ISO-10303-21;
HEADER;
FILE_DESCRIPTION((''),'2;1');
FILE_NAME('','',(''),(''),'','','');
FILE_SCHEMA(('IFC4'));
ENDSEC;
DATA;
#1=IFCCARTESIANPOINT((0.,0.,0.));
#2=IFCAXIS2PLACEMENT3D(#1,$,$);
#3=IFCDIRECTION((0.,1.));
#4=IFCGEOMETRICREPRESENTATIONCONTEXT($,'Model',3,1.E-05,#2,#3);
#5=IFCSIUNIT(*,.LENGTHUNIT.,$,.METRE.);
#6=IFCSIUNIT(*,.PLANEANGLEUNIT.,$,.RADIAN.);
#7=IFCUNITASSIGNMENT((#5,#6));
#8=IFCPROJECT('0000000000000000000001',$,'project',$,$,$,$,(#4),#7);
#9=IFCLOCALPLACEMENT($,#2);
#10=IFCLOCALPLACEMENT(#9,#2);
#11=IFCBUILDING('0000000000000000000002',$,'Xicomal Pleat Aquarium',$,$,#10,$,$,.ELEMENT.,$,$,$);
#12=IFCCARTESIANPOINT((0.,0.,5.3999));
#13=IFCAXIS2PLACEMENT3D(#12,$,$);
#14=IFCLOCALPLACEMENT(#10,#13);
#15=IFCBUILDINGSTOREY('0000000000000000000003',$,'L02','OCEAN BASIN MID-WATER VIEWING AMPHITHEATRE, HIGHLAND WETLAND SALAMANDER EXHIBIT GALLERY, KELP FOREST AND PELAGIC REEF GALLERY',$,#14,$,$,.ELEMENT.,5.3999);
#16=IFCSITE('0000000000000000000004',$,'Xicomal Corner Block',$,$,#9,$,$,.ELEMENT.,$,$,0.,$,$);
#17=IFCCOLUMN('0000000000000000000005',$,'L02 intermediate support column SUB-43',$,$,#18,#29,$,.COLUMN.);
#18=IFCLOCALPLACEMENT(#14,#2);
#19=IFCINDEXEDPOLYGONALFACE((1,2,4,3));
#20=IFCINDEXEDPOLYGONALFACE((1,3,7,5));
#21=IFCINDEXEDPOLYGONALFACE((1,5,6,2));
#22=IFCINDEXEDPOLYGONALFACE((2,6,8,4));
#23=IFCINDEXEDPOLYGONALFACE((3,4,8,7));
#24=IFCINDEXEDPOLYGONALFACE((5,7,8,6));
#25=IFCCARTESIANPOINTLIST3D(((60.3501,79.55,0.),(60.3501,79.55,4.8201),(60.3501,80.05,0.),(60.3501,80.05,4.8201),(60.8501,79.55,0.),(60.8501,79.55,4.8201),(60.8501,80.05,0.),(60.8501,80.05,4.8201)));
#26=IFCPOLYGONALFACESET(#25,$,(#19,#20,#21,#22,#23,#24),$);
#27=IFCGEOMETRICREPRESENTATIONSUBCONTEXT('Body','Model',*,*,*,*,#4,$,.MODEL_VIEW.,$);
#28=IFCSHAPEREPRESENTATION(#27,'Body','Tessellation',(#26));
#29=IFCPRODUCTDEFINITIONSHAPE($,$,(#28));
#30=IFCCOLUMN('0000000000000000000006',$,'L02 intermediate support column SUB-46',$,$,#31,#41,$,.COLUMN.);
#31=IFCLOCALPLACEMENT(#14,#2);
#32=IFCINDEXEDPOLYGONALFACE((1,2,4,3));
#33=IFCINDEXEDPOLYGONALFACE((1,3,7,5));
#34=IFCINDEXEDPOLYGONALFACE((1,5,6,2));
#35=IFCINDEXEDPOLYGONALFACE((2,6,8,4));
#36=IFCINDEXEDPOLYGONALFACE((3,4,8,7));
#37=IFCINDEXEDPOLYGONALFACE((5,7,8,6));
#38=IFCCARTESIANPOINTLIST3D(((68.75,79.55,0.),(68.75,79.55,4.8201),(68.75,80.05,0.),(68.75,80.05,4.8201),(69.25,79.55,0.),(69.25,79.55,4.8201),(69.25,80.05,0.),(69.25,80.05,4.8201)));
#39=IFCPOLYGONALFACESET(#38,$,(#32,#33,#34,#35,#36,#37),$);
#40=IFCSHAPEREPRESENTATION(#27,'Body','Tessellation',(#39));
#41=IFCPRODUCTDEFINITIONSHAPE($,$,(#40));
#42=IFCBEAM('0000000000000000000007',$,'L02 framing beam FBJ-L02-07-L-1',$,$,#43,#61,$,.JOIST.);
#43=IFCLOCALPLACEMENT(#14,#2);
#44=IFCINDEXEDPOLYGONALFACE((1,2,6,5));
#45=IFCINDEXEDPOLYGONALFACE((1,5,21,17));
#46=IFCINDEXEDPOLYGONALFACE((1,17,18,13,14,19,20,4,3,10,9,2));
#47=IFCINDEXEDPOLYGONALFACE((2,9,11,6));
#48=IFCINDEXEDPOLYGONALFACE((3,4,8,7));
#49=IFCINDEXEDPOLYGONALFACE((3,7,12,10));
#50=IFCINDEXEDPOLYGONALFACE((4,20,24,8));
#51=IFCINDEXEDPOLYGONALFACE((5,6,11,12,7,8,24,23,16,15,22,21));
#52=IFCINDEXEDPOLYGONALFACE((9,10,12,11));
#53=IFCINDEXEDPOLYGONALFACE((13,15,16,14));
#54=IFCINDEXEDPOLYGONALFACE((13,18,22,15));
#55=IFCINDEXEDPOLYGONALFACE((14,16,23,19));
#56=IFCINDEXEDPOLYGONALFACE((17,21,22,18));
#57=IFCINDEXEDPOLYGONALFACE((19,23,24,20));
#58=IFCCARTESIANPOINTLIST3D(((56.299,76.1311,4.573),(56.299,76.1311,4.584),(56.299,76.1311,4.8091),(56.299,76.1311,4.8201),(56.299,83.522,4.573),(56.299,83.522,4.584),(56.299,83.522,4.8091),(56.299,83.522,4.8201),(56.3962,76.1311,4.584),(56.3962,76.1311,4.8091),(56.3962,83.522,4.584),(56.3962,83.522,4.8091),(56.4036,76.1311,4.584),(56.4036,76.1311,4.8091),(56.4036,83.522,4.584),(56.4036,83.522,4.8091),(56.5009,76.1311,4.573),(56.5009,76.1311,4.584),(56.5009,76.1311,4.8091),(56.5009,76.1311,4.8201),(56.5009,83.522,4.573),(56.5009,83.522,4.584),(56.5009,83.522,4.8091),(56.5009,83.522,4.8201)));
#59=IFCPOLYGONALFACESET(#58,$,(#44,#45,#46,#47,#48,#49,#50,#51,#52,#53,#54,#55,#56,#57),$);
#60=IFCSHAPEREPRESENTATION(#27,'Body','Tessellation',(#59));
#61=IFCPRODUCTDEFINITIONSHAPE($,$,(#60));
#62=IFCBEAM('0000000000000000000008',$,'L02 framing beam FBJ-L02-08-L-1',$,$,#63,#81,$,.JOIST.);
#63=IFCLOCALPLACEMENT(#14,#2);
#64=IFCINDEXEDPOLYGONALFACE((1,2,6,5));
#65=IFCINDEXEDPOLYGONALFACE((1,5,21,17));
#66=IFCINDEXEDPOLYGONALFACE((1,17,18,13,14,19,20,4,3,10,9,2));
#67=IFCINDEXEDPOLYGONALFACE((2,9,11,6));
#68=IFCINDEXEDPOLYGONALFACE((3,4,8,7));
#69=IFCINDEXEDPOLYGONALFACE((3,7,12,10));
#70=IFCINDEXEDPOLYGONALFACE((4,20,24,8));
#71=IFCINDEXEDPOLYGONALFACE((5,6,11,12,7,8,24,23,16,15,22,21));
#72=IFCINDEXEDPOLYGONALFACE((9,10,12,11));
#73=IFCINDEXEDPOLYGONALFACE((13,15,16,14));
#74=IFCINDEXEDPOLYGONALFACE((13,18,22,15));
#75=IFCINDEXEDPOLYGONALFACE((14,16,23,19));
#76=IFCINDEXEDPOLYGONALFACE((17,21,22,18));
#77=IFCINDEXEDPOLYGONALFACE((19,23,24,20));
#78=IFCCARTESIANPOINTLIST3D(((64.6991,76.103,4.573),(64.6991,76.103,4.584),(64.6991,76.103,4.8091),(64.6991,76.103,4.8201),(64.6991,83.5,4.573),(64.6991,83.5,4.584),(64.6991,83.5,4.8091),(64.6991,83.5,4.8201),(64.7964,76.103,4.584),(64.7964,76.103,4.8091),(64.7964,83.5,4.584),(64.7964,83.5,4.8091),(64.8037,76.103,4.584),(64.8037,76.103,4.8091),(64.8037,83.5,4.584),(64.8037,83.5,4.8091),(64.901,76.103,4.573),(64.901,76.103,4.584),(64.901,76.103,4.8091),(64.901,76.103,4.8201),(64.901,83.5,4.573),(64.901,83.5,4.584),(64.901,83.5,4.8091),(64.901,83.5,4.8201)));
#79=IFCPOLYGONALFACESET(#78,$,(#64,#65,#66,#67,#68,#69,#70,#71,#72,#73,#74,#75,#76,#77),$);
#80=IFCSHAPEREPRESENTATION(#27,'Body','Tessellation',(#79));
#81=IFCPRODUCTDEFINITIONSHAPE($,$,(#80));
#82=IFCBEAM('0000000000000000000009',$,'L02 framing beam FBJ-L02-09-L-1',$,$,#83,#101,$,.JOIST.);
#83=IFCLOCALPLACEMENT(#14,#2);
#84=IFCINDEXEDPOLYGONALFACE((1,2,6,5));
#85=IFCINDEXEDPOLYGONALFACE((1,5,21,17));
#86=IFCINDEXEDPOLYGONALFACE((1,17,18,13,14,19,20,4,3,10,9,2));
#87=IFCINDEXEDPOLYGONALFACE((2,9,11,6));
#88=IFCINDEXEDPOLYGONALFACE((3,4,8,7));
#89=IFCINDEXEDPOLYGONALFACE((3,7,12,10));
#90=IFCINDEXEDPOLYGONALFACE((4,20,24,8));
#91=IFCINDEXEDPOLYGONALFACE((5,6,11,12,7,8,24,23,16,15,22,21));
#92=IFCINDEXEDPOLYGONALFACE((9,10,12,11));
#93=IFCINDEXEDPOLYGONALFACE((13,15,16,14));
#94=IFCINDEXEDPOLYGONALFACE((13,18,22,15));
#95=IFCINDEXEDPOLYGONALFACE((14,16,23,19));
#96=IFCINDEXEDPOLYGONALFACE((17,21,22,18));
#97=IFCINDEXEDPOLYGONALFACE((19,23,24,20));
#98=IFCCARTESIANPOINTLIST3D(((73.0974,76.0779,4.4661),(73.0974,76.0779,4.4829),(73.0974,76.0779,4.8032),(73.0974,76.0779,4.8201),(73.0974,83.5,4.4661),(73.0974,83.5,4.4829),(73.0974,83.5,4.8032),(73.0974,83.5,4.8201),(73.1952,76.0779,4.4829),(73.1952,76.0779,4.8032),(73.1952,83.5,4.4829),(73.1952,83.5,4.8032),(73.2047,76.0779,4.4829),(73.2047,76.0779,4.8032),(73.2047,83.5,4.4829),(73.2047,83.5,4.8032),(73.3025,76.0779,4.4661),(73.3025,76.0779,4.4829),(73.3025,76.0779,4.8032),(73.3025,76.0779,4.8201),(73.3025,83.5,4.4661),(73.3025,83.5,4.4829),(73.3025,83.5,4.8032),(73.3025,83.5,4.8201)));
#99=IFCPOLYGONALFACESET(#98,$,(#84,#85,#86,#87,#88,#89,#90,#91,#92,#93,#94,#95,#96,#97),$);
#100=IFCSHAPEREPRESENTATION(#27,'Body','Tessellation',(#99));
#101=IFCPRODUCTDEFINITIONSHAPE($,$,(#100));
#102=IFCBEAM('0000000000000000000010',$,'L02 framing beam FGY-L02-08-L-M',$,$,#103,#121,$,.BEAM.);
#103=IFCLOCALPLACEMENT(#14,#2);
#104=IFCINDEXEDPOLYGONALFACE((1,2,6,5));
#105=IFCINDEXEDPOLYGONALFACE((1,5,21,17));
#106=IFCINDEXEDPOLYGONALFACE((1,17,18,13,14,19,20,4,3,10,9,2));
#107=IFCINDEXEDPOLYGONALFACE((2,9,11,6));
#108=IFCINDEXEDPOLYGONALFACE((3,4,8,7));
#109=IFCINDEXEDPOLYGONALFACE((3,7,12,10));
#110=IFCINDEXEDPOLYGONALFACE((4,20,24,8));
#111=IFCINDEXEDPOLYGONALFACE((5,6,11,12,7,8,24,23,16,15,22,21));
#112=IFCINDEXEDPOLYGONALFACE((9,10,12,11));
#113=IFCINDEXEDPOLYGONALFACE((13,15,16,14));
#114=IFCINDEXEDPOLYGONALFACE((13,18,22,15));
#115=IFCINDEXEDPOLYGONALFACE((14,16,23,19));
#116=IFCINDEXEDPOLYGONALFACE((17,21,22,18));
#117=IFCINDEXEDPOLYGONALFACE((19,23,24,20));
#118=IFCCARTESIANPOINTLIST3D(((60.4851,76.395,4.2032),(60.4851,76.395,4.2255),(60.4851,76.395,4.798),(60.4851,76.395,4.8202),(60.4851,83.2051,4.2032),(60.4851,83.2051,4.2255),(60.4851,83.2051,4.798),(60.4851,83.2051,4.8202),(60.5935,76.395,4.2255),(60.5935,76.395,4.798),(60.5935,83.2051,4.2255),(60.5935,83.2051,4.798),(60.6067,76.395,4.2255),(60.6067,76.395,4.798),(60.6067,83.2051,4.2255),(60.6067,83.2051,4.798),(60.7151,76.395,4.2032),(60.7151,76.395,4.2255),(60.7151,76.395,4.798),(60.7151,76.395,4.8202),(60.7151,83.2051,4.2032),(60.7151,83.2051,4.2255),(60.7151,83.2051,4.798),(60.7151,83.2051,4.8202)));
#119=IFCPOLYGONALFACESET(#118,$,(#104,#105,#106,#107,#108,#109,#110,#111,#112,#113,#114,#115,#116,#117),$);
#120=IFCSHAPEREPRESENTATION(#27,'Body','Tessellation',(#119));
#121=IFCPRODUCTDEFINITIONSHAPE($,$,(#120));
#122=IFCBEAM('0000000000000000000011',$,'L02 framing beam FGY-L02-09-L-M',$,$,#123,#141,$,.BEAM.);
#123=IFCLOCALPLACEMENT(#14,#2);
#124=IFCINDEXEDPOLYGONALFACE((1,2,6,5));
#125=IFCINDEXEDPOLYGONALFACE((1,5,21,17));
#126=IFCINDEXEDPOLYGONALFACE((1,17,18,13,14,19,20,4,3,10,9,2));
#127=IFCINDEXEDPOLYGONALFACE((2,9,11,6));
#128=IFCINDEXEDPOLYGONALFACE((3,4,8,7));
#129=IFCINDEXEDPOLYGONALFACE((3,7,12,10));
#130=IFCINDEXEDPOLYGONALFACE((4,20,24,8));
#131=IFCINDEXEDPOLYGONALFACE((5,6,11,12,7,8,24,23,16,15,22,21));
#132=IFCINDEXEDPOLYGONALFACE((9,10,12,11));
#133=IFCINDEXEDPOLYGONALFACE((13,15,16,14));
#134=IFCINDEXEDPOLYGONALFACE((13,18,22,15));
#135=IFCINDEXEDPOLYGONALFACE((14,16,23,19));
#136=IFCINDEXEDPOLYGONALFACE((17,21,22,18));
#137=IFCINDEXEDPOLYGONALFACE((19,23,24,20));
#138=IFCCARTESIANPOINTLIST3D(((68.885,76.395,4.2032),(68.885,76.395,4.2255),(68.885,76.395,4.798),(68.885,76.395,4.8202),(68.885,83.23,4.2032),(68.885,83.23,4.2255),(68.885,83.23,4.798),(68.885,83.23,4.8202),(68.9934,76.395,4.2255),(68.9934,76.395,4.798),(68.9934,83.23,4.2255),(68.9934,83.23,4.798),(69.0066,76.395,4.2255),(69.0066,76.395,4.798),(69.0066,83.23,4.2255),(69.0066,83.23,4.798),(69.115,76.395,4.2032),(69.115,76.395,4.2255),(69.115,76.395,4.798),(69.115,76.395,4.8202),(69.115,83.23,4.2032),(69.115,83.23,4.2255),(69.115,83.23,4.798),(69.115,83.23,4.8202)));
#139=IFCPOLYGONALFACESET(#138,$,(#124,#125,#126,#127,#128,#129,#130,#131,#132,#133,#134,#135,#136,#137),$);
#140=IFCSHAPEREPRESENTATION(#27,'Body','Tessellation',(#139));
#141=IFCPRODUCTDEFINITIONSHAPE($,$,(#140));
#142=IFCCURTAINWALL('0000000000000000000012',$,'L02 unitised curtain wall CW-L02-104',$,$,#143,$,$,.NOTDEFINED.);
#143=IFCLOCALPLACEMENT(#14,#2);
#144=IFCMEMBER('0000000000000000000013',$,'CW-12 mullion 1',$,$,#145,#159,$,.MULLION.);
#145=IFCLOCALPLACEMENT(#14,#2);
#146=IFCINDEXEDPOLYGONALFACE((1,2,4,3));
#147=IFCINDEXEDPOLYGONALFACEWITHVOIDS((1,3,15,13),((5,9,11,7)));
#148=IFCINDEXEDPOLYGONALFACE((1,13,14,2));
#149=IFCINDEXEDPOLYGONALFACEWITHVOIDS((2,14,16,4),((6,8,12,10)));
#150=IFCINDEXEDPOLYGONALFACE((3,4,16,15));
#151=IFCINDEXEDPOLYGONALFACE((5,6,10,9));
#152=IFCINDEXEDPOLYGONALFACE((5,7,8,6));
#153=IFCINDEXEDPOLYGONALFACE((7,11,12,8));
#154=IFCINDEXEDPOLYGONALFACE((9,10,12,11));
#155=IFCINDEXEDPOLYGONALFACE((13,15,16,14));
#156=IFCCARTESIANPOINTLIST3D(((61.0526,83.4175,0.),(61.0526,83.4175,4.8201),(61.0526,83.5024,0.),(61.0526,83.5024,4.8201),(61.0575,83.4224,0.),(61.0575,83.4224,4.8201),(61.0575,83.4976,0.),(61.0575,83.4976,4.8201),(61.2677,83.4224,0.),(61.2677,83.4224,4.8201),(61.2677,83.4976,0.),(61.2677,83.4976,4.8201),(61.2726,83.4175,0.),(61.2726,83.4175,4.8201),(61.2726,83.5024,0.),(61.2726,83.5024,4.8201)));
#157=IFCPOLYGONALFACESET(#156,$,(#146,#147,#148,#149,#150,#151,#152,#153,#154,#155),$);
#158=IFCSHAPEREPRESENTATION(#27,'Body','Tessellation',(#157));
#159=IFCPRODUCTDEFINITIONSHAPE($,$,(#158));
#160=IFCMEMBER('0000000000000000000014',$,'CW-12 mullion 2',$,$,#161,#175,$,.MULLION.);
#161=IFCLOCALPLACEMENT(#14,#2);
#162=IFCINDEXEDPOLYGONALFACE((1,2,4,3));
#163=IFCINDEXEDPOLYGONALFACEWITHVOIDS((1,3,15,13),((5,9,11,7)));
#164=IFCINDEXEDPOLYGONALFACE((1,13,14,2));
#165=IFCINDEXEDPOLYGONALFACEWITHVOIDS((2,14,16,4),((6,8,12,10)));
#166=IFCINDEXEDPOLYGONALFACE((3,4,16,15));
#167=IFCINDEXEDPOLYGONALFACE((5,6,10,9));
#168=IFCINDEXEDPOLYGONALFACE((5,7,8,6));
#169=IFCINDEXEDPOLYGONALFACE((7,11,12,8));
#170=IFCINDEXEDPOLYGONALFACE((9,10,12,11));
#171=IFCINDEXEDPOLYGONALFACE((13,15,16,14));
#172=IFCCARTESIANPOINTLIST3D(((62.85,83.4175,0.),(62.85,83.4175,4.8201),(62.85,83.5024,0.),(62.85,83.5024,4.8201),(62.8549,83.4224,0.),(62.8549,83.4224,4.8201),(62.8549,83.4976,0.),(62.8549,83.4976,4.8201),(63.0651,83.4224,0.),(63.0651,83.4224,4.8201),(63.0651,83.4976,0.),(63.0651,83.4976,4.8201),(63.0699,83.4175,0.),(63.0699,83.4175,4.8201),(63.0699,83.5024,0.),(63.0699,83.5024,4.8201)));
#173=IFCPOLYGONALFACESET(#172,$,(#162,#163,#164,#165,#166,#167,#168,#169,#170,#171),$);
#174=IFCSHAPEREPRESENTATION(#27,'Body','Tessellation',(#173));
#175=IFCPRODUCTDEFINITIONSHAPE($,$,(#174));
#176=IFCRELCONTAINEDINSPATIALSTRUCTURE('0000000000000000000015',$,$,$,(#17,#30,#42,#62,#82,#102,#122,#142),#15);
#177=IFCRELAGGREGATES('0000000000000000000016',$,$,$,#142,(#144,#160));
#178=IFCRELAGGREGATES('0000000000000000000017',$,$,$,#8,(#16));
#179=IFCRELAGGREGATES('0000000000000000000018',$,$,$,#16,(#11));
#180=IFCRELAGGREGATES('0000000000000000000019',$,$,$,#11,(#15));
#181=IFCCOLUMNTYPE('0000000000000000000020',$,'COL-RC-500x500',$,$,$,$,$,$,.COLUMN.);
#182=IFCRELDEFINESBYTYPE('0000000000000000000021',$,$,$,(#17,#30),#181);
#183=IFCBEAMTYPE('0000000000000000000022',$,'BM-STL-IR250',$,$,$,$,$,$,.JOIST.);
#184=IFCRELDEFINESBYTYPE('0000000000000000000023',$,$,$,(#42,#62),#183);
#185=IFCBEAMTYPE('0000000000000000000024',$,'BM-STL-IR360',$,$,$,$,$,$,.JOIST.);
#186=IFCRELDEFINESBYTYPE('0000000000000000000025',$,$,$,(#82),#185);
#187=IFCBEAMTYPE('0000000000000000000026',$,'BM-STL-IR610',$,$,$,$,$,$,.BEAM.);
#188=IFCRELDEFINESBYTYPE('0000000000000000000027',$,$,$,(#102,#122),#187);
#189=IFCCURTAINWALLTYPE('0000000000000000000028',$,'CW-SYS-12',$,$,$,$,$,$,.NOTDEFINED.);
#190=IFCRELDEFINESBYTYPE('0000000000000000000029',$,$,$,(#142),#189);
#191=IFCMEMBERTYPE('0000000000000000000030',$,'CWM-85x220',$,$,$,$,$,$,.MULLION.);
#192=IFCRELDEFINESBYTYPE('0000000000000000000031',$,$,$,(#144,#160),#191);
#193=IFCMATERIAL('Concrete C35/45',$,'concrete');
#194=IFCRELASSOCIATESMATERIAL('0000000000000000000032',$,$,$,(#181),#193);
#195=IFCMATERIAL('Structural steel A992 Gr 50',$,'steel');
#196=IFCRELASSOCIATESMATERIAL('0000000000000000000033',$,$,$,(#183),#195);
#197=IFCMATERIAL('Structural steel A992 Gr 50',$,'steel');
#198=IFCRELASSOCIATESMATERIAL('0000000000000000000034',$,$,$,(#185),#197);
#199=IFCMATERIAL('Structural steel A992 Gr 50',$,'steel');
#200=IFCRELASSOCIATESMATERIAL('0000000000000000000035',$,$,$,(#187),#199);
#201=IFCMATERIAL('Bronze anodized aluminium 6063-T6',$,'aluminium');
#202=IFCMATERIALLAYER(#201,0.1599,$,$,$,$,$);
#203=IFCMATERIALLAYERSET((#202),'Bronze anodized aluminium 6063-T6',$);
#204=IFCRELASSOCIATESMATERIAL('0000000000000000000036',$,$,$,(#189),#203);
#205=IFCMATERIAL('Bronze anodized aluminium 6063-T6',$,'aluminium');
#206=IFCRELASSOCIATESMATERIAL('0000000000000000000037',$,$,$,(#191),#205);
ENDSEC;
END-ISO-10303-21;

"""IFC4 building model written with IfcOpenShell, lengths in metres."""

from ifc_helpers import new_model, si_unit, direction, frame, origin, origin_2d, place, context, subcontext, project, spatial, rectangle, hollow_rectangle, i_section, extrude, material, layer, layer_set, material_profile, profile_set, type_object, element, aggregate, save


model = new_model("IFC4")

# Units and contexts
model_context = context("Model", 3, precision=1e-05, world=origin(), true_north=direction((0.0, 1.0)))
body_context = subcontext(model_context, "Body", "Model", "MODEL_VIEW")
ifc_project = project(units=[si_unit("LENGTHUNIT", "METRE"), si_unit("PLANEANGLEUNIT", "RADIAN")], contexts=[model_context])

# Site, building, storey
site_placement = place(None, origin())
site = spatial("IfcSite", under=ifc_project, at=site_placement, Name="Xicomal Corner Block", CompositionType="ELEMENT", RefElevation=0.0)
building_placement = place(site_placement, origin())
building = spatial("IfcBuilding", under=site, at=building_placement, Name="Xicomal Pleat Aquarium", CompositionType="ELEMENT")
storey_placement = place(building_placement, frame((0.0, 0.0, 5.3999)))
storey = spatial("IfcBuildingStorey", under=building, at=storey_placement, Name="L02", Description="OCEAN BASIN MID-WATER VIEWING AMPHITHEATRE, HIGHLAND WETLAND SALAMANDER EXHIBIT GALLERY, KELP FOREST AND PELAGIC REEF GALLERY", CompositionType="ELEMENT", Elevation=5.3999)

# Columns
ifc_material_1 = material(Name="Concrete C35/45", Category="concrete")
ifc_material_profile_1 = material_profile(ifc_material_1, rectangle(XDim=0.5, YDim=0.5, at=origin_2d()), Name="RC 500x500")
ifc_profile_set_1 = profile_set([ifc_material_profile_1], Name="Concrete C35/45")
column_type = type_object("IfcColumnType", Name="COL-RC-500x500", PredefinedType="COLUMN", material=ifc_profile_set_1)
for number, where, z_axis, x_axis, name in (
    (1, (60.6001, 79.8, 0.0), (0.0, 0.0, 1.0), (1.0, 0.0, 0.0), "L02 intermediate support column SUB-43"),
    (2, (69.0, 79.8, 0.0), (0.0, 0.0, 1.0), (1.0, 0.0, 0.0), "L02 intermediate support column SUB-46"),
):
    element("IfcColumn", number, at=place(storey_placement, frame(where, z_axis=z_axis, x_axis=x_axis)), inside=storey, type_object=column_type, Name=name, PredefinedType="COLUMN", context=body_context, shape_type="SweptSolid", body=[
        extrude(rectangle(XDim=0.5, YDim=0.5, at=origin_2d()), origin(), (0.0, 0.0, 1.0), 4.8201),
    ])

# Beams
ifc_material_2 = material(Name="Structural steel A992 Gr 50", Category="steel")
ifc_material_profile_2 = material_profile(ifc_material_2, i_section(OverallWidth=0.2019, OverallDepth=0.2471, WebThickness=0.0073, FlangeThickness=0.011, at=origin_2d()), Name="IR 250x49")
ifc_profile_set_2 = profile_set([ifc_material_profile_2], Name="Structural steel A992 Gr 50")
beam_type_1 = type_object("IfcBeamType", Name="BM-STL-IR250", PredefinedType="JOIST", material=ifc_profile_set_2)
beam_1_placement = place(storey_placement, frame((56.3999, 76.1311, 4.6965), z_axis=(0.0, 1.0, 0.0), x_axis=(-1.0, 0.0, 0.0)))
element("IfcBeam", 3, at=beam_1_placement, inside=storey, type_object=beam_type_1, Name="L02 framing beam FBJ-L02-07-L-1", PredefinedType="JOIST", context=body_context, shape_type="SweptSolid", body=[
    extrude(i_section(OverallWidth=0.2019, OverallDepth=0.2471, WebThickness=0.0073, FlangeThickness=0.011, at=origin_2d()), origin(), (0.0, 0.0, 1.0), 7.3909),
])
beam_2_placement = place(storey_placement, frame((64.8, 76.103, 4.6965), z_axis=(0.0, 1.0, 0.0), x_axis=(-1.0, 0.0, 0.0)))
element("IfcBeam", 4, at=beam_2_placement, inside=storey, type_object=beam_type_1, Name="L02 framing beam FBJ-L02-08-L-1", PredefinedType="JOIST", context=body_context, shape_type="SweptSolid", body=[
    extrude(i_section(OverallWidth=0.2019, OverallDepth=0.2471, WebThickness=0.0073, FlangeThickness=0.011, at=origin_2d()), origin(), (0.0, 0.0, 1.0), 7.397),
])
ifc_material_3 = material(Name="Structural steel A992 Gr 50", Category="steel")
ifc_material_profile_3 = material_profile(ifc_material_3, i_section(OverallWidth=0.2051, OverallDepth=0.354, WebThickness=0.0095, FlangeThickness=0.0168, at=origin_2d()), Name="IR 360x79")
ifc_profile_set_3 = profile_set([ifc_material_profile_3], Name="Structural steel A992 Gr 50")
beam_type_2 = type_object("IfcBeamType", Name="BM-STL-IR360", PredefinedType="JOIST", material=ifc_profile_set_3)
beam_3_placement = place(storey_placement, frame((73.2, 76.0779, 4.6431), z_axis=(0.0, 1.0, 0.0), x_axis=(-1.0, 0.0, 0.0)))
element("IfcBeam", 5, at=beam_3_placement, inside=storey, type_object=beam_type_2, Name="L02 framing beam FBJ-L02-09-L-1", PredefinedType="JOIST", context=body_context, shape_type="SweptSolid", body=[
    extrude(i_section(OverallWidth=0.2051, OverallDepth=0.354, WebThickness=0.0095, FlangeThickness=0.0168, at=origin_2d()), origin(), (0.0, 0.0, 1.0), 7.4221),
])
ifc_material_4 = material(Name="Structural steel A992 Gr 50", Category="steel")
ifc_material_profile_4 = material_profile(ifc_material_4, i_section(OverallWidth=0.23, OverallDepth=0.6169, WebThickness=0.0132, FlangeThickness=0.0222, at=origin_2d()), Name="IR 610x140")
ifc_profile_set_4 = profile_set([ifc_material_profile_4], Name="Structural steel A992 Gr 50")
beam_type_3 = type_object("IfcBeamType", Name="BM-STL-IR610", PredefinedType="BEAM", material=ifc_profile_set_4)
beam_4_placement = place(storey_placement, frame((60.6001, 76.395, 4.5117), z_axis=(0.0, 1.0, 0.0), x_axis=(-1.0, 0.0, 0.0)))
element("IfcBeam", 6, at=beam_4_placement, inside=storey, type_object=beam_type_3, Name="L02 framing beam FGY-L02-08-L-M", PredefinedType="BEAM", context=body_context, shape_type="SweptSolid", body=[
    extrude(i_section(OverallWidth=0.23, OverallDepth=0.6169, WebThickness=0.0132, FlangeThickness=0.0222, at=origin_2d()), origin(), (0.0, 0.0, 1.0), 6.8101),
])
beam_5_placement = place(storey_placement, frame((69.0, 76.395, 4.5117), z_axis=(0.0, 1.0, 0.0), x_axis=(-1.0, 0.0, 0.0)))
element("IfcBeam", 7, at=beam_5_placement, inside=storey, type_object=beam_type_3, Name="L02 framing beam FGY-L02-09-L-M", PredefinedType="BEAM", context=body_context, shape_type="SweptSolid", body=[
    extrude(i_section(OverallWidth=0.23, OverallDepth=0.6169, WebThickness=0.0132, FlangeThickness=0.0222, at=origin_2d()), origin(), (0.0, 0.0, 1.0), 6.835),
])

# Curtain wall, members
ifc_material_5 = material(Name="Bronze anodized aluminium 6063-T6", Category="aluminium")
ifc_layer_1 = layer(ifc_material_5, 0.1599)
ifc_layer_set_1 = layer_set([ifc_layer_1], Name="Bronze anodized aluminium 6063-T6")
curtain_wall_type = type_object("IfcCurtainWallType", Name="CW-SYS-12", PredefinedType="NOTDEFINED", material=ifc_layer_set_1)
curtain_wall_placement = place(storey_placement, origin())
curtain_wall = element("IfcCurtainWall", 8, at=curtain_wall_placement, inside=storey, type_object=curtain_wall_type, Name="L02 unitised curtain wall CW-L02-104", PredefinedType="NOTDEFINED")
ifc_material_6 = material(Name="Bronze anodized aluminium 6063-T6", Category="aluminium")
ifc_material_profile_5 = material_profile(ifc_material_6, hollow_rectangle(XDim=0.085, YDim=0.22, WallThickness=0.0049, at=origin_2d()), Name="ALU MULL 85x220")
ifc_profile_set_5 = profile_set([ifc_material_profile_5], Name="Bronze anodized aluminium 6063-T6")
member_type_1 = type_object("IfcMemberType", Name="CWM-85x220", PredefinedType="MULLION", material=ifc_profile_set_5)
member_1_placement = place(storey_placement, frame((61.1626, 83.46, 0.0), z_axis=(0.0, 0.0, 1.0), x_axis=(0.0, 1.0, 0.0)))
member_1 = element("IfcMember", 9, at=member_1_placement, type_object=member_type_1, Name="CW-12 mullion 1", PredefinedType="MULLION", context=body_context, shape_type="SweptSolid", body=[
    extrude(hollow_rectangle(XDim=0.085, YDim=0.22, WallThickness=0.0049, at=origin_2d()), origin(), (0.0, 0.0, 1.0), 4.8201),
])
member_2_placement = place(storey_placement, frame((62.96, 83.46, 0.0), z_axis=(0.0, 0.0, 1.0), x_axis=(0.0, 1.0, 0.0)))
member_2 = element("IfcMember", 10, at=member_2_placement, type_object=member_type_1, Name="CW-12 mullion 2", PredefinedType="MULLION", context=body_context, shape_type="SweptSolid", body=[
    extrude(hollow_rectangle(XDim=0.085, YDim=0.22, WallThickness=0.0049, at=origin_2d()), origin(), (0.0, 0.0, 1.0), 4.8201),
])
aggregate(curtain_wall, [member_1, member_2])

save(model, "model.ifc")
